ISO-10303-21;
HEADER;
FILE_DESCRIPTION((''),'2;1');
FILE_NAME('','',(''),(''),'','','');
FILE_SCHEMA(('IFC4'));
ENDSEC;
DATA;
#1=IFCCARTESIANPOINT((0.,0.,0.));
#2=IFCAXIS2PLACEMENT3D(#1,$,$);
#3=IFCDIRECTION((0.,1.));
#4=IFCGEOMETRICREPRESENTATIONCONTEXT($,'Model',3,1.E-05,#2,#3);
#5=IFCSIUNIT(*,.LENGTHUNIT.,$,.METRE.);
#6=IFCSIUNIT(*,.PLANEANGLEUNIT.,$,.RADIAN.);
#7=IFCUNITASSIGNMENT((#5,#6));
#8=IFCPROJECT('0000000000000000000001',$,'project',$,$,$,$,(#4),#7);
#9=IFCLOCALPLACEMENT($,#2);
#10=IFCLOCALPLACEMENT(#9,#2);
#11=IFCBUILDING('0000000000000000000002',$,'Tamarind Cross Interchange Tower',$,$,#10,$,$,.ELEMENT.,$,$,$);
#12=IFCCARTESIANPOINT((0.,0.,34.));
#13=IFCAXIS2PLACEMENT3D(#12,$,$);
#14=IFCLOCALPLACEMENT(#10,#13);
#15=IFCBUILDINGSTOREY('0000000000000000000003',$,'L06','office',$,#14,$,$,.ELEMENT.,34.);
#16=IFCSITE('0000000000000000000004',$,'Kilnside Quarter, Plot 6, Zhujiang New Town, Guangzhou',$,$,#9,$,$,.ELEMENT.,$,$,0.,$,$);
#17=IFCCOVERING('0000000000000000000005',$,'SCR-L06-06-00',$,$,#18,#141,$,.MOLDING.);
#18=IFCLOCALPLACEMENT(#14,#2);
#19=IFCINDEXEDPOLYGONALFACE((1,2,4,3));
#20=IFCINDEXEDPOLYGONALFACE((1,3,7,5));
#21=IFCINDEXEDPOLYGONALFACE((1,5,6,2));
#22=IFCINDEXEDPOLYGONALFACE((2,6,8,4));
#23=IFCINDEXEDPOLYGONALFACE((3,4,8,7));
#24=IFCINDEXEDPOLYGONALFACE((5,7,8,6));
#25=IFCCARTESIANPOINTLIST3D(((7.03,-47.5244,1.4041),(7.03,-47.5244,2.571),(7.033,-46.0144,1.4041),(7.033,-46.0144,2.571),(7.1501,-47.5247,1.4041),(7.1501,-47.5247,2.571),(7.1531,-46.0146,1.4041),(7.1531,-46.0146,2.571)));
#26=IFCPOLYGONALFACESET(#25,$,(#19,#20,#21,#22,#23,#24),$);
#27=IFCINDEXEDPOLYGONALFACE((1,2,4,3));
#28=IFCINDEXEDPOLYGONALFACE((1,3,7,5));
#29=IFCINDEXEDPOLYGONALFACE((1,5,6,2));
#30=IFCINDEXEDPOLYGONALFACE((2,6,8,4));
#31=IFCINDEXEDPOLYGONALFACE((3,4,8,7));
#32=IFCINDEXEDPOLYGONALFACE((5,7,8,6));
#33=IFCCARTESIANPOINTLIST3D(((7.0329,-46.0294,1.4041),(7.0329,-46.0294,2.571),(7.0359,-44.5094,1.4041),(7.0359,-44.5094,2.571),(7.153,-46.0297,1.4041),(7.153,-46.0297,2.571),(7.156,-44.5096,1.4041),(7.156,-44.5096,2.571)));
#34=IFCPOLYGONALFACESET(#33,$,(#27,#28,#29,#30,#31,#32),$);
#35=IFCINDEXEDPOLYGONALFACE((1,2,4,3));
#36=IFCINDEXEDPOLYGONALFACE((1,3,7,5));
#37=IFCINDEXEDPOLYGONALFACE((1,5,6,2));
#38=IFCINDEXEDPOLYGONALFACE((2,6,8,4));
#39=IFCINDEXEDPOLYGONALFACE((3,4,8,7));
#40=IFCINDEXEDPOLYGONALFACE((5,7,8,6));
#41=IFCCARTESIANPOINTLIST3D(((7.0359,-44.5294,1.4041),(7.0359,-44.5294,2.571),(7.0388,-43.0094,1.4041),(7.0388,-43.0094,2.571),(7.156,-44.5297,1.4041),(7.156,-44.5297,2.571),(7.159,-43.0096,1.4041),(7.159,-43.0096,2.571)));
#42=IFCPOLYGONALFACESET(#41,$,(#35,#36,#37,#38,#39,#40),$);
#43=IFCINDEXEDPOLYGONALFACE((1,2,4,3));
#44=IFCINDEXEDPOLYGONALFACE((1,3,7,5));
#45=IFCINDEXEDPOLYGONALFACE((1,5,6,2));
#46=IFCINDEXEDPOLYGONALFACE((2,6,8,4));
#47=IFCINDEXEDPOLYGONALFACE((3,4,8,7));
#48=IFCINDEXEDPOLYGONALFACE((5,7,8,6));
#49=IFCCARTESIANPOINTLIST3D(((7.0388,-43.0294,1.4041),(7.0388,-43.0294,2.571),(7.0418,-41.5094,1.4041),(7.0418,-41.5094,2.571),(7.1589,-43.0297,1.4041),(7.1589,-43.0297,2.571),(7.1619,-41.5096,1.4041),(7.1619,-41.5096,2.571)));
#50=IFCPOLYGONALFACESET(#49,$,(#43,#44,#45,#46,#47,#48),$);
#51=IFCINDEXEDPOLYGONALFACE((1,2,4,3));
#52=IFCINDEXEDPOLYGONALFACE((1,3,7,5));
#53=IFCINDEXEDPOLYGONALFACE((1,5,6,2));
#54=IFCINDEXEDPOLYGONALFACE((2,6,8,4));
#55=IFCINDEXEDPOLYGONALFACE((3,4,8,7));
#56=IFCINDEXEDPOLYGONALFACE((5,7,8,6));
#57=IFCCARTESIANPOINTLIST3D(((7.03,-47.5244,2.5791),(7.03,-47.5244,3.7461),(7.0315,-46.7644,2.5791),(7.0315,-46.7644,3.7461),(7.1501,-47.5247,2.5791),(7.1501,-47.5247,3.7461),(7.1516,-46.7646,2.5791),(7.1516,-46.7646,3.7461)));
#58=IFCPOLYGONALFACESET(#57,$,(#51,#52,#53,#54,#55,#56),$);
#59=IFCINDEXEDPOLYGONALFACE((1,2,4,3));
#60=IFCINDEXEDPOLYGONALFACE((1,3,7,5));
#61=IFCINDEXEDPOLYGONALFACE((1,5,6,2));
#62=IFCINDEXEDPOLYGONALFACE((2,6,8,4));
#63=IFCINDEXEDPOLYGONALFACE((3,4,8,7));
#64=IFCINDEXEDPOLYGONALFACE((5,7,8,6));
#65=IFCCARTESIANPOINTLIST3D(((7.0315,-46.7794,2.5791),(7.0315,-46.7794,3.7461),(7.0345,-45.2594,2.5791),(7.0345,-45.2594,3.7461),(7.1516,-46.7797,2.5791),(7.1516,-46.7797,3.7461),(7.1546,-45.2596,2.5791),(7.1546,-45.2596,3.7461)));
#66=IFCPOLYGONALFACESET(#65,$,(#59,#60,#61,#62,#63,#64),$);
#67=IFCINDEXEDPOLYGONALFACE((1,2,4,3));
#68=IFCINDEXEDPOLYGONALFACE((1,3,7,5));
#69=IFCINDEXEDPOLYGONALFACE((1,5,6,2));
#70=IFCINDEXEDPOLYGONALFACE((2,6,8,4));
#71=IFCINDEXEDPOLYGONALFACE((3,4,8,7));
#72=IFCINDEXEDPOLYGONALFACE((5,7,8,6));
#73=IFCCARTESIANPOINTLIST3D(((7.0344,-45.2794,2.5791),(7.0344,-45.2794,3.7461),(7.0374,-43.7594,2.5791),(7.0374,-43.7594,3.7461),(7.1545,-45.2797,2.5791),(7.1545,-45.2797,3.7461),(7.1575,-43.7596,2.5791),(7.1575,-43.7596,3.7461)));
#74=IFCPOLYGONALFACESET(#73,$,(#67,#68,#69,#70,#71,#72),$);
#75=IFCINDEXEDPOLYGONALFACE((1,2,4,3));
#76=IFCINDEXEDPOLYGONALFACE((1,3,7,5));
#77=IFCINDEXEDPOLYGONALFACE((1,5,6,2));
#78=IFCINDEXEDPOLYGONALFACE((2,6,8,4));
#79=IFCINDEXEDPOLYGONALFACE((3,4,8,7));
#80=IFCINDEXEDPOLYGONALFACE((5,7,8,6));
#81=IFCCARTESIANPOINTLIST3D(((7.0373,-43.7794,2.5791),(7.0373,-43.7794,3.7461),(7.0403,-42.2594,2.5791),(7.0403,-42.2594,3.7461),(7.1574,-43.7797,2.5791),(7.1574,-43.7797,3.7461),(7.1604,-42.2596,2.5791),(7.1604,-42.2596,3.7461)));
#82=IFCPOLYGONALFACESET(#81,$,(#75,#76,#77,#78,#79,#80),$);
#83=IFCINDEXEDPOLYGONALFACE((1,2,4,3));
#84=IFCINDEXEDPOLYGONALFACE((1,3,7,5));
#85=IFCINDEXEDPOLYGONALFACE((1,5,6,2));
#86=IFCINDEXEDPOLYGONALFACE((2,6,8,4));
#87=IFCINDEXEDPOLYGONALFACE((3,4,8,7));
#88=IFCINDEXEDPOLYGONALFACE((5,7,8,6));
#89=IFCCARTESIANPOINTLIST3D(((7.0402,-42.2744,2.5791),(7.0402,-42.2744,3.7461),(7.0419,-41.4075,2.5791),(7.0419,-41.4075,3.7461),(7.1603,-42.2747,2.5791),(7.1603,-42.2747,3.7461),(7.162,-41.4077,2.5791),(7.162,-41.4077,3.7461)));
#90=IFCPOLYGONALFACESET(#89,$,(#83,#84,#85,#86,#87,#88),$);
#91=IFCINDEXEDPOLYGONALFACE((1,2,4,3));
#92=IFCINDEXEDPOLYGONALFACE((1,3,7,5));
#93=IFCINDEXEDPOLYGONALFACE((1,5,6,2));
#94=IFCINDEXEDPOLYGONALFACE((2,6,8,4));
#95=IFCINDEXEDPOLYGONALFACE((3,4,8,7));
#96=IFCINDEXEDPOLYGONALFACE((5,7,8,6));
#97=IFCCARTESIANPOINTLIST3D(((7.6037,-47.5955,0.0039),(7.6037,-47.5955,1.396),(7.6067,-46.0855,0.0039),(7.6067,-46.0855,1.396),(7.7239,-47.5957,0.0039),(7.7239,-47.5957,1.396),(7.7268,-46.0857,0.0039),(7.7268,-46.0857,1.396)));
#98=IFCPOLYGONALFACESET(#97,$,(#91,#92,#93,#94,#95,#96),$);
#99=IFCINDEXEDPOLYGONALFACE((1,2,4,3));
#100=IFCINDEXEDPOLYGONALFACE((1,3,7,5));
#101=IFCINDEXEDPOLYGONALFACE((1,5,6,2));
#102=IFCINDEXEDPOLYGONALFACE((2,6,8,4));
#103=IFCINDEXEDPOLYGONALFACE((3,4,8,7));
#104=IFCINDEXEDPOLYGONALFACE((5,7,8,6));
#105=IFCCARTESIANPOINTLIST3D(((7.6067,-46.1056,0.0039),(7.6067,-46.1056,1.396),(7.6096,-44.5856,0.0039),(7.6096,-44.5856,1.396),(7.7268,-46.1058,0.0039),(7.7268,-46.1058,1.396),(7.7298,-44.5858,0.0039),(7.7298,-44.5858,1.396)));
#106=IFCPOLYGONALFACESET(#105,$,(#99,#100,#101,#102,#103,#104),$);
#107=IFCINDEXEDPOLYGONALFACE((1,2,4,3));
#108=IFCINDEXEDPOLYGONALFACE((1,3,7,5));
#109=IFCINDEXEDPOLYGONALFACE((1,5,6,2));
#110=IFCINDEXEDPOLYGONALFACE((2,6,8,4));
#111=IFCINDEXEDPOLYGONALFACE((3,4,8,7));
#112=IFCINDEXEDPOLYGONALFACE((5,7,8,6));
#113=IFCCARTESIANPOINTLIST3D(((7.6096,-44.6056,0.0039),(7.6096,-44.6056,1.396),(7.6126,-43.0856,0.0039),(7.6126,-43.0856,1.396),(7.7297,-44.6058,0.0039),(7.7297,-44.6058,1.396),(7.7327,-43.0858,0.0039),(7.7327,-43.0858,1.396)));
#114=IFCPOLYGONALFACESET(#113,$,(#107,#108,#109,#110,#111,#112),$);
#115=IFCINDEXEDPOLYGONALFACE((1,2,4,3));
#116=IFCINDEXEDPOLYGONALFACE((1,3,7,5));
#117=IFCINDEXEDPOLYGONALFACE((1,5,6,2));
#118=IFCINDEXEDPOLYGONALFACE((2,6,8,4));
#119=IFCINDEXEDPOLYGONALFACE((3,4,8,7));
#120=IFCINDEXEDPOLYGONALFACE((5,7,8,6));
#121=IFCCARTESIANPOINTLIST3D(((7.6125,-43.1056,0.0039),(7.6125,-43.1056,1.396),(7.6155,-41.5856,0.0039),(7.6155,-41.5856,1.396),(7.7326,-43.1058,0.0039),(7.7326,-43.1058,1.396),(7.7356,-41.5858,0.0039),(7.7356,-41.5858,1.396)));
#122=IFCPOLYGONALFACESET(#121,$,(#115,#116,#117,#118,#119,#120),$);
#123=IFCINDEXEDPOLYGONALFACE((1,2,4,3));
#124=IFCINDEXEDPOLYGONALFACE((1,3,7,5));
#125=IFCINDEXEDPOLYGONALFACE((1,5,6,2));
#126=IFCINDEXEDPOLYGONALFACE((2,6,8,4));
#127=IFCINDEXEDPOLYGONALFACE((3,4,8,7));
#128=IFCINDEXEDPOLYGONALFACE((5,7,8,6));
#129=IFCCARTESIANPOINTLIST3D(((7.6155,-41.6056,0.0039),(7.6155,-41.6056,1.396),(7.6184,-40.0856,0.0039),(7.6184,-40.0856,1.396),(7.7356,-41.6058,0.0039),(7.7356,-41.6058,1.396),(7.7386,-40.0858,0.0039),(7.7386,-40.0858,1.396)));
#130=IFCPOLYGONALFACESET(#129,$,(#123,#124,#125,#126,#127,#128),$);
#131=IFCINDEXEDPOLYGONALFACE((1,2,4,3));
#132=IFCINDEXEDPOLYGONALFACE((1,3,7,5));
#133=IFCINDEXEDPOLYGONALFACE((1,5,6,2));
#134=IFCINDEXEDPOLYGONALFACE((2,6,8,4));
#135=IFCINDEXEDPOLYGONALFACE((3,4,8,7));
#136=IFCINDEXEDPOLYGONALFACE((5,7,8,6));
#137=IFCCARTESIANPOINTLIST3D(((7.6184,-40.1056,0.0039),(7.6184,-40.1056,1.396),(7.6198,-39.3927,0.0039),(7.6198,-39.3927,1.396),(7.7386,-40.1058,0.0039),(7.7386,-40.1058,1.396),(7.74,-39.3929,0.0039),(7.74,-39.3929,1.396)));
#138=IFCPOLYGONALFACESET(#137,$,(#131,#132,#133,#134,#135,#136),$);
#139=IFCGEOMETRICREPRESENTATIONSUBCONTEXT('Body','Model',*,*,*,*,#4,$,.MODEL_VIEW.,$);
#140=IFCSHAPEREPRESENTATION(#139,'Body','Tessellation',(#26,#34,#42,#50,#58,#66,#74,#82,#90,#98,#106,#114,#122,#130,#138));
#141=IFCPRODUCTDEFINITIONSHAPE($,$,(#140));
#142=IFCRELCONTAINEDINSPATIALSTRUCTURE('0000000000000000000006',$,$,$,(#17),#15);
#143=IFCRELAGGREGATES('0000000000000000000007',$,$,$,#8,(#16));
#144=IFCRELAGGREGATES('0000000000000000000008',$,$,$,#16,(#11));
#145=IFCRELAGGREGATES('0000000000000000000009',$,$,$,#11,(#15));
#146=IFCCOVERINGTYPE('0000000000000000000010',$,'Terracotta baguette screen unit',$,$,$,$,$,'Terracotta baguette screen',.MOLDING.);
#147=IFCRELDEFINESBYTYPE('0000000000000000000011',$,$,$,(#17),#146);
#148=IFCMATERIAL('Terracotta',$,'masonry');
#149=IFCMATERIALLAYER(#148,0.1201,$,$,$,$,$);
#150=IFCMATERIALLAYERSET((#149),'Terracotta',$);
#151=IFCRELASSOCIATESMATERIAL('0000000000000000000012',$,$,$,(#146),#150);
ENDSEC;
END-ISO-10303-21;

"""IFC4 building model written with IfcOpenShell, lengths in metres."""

from ifc_helpers import new_model, si_unit, direction, frame, origin, origin_2d, place, context, subcontext, project, spatial, rectangle, extrude, material, layer, layer_set, type_object, element, save


model = new_model("IFC4")

# Units and contexts
model_context = context("Model", 3, precision=1e-05, world=origin(), true_north=direction((0.0, 1.0)))
body_context = subcontext(model_context, "Body", "Model", "MODEL_VIEW")
ifc_project = project(units=[si_unit("LENGTHUNIT", "METRE"), si_unit("PLANEANGLEUNIT", "RADIAN")], contexts=[model_context])

# Site, building, storey
site_placement = place(None, origin())
site = spatial("IfcSite", under=ifc_project, at=site_placement, Name="Kilnside Quarter, Plot 6, Zhujiang New Town, Guangzhou", CompositionType="ELEMENT", RefElevation=0.0)
building_placement = place(site_placement, origin())
building = spatial("IfcBuilding", under=site, at=building_placement, Name="Tamarind Cross Interchange Tower", CompositionType="ELEMENT")
storey_placement = place(building_placement, frame((0.0, 0.0, 34.0)))
storey = spatial("IfcBuildingStorey", under=building, at=storey_placement, Name="L06", Description="office", CompositionType="ELEMENT", Elevation=34.0)

# Covering
ifc_material_1 = material(Name="Terracotta", Category="masonry")
ifc_layer_1 = layer(ifc_material_1, 0.1201)
ifc_layer_set_1 = layer_set([ifc_layer_1], Name="Terracotta")
covering_type = type_object("IfcCoveringType", Name="Terracotta baguette screen unit", ElementType="Terracotta baguette screen", PredefinedType="MOLDING", material=ifc_layer_set_1)
covering_1_placement = place(storey_placement, origin())
element("IfcCovering", 1, at=covering_1_placement, inside=storey, type_object=covering_type, Name="SCR-L06-06-00", PredefinedType="MOLDING", context=body_context, shape_type="SweptSolid", body=[
    extrude(rectangle(XDim=1.51, YDim=0.1201, at=origin_2d()), frame((7.0916, -46.7695, 1.4041), z_axis=(0.0, 0.0, 1.0), x_axis=(0.001962, 0.999998, 0.0)), (0.0, 0.0, 1.0), 1.167),
    extrude(rectangle(XDim=1.52, YDim=0.1201, at=origin_2d()), frame((7.0945, -45.2695, 1.4041), z_axis=(0.0, 0.0, 1.0), x_axis=(0.001962, 0.999998, 0.0)), (0.0, 0.0, 1.0), 1.167),
    extrude(rectangle(XDim=1.52, YDim=0.1201, at=origin_2d()), frame((7.0974, -43.7695, 1.4041), z_axis=(0.0, 0.0, 1.0), x_axis=(0.001962, 0.999998, 0.0)), (0.0, 0.0, 1.0), 1.167),
    extrude(rectangle(XDim=1.52, YDim=0.1201, at=origin_2d()), frame((7.1003, -42.2695, 1.4041), z_axis=(0.0, 0.0, 1.0), x_axis=(0.001962, 0.999998, 0.0)), (0.0, 0.0, 1.0), 1.167),
    extrude(rectangle(XDim=0.76, YDim=0.1201, at=origin_2d()), frame((7.0908, -47.1445, 2.5791), z_axis=(0.0, 0.0, 1.0), x_axis=(0.001962, 0.999998, 0.0)), (0.0, 0.0, 1.0), 1.167),
    extrude(rectangle(XDim=1.52, YDim=0.1201, at=origin_2d()), frame((7.093, -46.0195, 2.5791), z_axis=(0.0, 0.0, 1.0), x_axis=(0.001962, 0.999998, 0.0)), (0.0, 0.0, 1.0), 1.167),
    extrude(rectangle(XDim=1.52, YDim=0.1201, at=origin_2d()), frame((7.0959, -44.5195, 2.5791), z_axis=(0.0, 0.0, 1.0), x_axis=(0.001962, 0.999998, 0.0)), (0.0, 0.0, 1.0), 1.167),
    extrude(rectangle(XDim=1.52, YDim=0.1201, at=origin_2d()), frame((7.0989, -43.0195, 2.5791), z_axis=(0.0, 0.0, 1.0), x_axis=(0.001962, 0.999998, 0.0)), (0.0, 0.0, 1.0), 1.167),
    extrude(rectangle(XDim=0.8669, YDim=0.1201, at=origin_2d()), frame((7.1011, -41.8411, 2.5791), z_axis=(0.0, 0.0, 1.0), x_axis=(0.001962, 0.999998, 0.0)), (0.0, 0.0, 1.0), 1.167),
    extrude(rectangle(XDim=1.51, YDim=0.1201, at=origin_2d()), frame((7.6653, -46.8406, 0.0039), z_axis=(0.0, 0.0, 1.0), x_axis=(0.001962, 0.999998, 0.0)), (0.0, 0.0, 1.0), 1.3921),
    extrude(rectangle(XDim=1.52, YDim=0.1201, at=origin_2d()), frame((7.6682, -45.3457, 0.0039), z_axis=(0.0, 0.0, 1.0), x_axis=(0.001962, 0.999998, 0.0)), (0.0, 0.0, 1.0), 1.3921),
    extrude(rectangle(XDim=1.52, YDim=0.1201, at=origin_2d()), frame((7.6711, -43.8457, 0.0039), z_axis=(0.0, 0.0, 1.0), x_axis=(0.001962, 0.999998, 0.0)), (0.0, 0.0, 1.0), 1.3921),
    extrude(rectangle(XDim=1.52, YDim=0.1201, at=origin_2d()), frame((7.6741, -42.3457, 0.0039), z_axis=(0.0, 0.0, 1.0), x_axis=(0.001962, 0.999998, 0.0)), (0.0, 0.0, 1.0), 1.3921),
    extrude(rectangle(XDim=1.52, YDim=0.1201, at=origin_2d()), frame((7.677, -40.8457, 0.0039), z_axis=(0.0, 0.0, 1.0), x_axis=(0.001962, 0.999998, 0.0)), (0.0, 0.0, 1.0), 1.3921),
    extrude(rectangle(XDim=0.7129, YDim=0.1201, at=origin_2d()), frame((7.6792, -39.7493, 0.0039), z_axis=(0.0, 0.0, 1.0), x_axis=(0.001962, 0.999998, 0.0)), (0.0, 0.0, 1.0), 1.3921),
])

save(model, "model.ifc")
